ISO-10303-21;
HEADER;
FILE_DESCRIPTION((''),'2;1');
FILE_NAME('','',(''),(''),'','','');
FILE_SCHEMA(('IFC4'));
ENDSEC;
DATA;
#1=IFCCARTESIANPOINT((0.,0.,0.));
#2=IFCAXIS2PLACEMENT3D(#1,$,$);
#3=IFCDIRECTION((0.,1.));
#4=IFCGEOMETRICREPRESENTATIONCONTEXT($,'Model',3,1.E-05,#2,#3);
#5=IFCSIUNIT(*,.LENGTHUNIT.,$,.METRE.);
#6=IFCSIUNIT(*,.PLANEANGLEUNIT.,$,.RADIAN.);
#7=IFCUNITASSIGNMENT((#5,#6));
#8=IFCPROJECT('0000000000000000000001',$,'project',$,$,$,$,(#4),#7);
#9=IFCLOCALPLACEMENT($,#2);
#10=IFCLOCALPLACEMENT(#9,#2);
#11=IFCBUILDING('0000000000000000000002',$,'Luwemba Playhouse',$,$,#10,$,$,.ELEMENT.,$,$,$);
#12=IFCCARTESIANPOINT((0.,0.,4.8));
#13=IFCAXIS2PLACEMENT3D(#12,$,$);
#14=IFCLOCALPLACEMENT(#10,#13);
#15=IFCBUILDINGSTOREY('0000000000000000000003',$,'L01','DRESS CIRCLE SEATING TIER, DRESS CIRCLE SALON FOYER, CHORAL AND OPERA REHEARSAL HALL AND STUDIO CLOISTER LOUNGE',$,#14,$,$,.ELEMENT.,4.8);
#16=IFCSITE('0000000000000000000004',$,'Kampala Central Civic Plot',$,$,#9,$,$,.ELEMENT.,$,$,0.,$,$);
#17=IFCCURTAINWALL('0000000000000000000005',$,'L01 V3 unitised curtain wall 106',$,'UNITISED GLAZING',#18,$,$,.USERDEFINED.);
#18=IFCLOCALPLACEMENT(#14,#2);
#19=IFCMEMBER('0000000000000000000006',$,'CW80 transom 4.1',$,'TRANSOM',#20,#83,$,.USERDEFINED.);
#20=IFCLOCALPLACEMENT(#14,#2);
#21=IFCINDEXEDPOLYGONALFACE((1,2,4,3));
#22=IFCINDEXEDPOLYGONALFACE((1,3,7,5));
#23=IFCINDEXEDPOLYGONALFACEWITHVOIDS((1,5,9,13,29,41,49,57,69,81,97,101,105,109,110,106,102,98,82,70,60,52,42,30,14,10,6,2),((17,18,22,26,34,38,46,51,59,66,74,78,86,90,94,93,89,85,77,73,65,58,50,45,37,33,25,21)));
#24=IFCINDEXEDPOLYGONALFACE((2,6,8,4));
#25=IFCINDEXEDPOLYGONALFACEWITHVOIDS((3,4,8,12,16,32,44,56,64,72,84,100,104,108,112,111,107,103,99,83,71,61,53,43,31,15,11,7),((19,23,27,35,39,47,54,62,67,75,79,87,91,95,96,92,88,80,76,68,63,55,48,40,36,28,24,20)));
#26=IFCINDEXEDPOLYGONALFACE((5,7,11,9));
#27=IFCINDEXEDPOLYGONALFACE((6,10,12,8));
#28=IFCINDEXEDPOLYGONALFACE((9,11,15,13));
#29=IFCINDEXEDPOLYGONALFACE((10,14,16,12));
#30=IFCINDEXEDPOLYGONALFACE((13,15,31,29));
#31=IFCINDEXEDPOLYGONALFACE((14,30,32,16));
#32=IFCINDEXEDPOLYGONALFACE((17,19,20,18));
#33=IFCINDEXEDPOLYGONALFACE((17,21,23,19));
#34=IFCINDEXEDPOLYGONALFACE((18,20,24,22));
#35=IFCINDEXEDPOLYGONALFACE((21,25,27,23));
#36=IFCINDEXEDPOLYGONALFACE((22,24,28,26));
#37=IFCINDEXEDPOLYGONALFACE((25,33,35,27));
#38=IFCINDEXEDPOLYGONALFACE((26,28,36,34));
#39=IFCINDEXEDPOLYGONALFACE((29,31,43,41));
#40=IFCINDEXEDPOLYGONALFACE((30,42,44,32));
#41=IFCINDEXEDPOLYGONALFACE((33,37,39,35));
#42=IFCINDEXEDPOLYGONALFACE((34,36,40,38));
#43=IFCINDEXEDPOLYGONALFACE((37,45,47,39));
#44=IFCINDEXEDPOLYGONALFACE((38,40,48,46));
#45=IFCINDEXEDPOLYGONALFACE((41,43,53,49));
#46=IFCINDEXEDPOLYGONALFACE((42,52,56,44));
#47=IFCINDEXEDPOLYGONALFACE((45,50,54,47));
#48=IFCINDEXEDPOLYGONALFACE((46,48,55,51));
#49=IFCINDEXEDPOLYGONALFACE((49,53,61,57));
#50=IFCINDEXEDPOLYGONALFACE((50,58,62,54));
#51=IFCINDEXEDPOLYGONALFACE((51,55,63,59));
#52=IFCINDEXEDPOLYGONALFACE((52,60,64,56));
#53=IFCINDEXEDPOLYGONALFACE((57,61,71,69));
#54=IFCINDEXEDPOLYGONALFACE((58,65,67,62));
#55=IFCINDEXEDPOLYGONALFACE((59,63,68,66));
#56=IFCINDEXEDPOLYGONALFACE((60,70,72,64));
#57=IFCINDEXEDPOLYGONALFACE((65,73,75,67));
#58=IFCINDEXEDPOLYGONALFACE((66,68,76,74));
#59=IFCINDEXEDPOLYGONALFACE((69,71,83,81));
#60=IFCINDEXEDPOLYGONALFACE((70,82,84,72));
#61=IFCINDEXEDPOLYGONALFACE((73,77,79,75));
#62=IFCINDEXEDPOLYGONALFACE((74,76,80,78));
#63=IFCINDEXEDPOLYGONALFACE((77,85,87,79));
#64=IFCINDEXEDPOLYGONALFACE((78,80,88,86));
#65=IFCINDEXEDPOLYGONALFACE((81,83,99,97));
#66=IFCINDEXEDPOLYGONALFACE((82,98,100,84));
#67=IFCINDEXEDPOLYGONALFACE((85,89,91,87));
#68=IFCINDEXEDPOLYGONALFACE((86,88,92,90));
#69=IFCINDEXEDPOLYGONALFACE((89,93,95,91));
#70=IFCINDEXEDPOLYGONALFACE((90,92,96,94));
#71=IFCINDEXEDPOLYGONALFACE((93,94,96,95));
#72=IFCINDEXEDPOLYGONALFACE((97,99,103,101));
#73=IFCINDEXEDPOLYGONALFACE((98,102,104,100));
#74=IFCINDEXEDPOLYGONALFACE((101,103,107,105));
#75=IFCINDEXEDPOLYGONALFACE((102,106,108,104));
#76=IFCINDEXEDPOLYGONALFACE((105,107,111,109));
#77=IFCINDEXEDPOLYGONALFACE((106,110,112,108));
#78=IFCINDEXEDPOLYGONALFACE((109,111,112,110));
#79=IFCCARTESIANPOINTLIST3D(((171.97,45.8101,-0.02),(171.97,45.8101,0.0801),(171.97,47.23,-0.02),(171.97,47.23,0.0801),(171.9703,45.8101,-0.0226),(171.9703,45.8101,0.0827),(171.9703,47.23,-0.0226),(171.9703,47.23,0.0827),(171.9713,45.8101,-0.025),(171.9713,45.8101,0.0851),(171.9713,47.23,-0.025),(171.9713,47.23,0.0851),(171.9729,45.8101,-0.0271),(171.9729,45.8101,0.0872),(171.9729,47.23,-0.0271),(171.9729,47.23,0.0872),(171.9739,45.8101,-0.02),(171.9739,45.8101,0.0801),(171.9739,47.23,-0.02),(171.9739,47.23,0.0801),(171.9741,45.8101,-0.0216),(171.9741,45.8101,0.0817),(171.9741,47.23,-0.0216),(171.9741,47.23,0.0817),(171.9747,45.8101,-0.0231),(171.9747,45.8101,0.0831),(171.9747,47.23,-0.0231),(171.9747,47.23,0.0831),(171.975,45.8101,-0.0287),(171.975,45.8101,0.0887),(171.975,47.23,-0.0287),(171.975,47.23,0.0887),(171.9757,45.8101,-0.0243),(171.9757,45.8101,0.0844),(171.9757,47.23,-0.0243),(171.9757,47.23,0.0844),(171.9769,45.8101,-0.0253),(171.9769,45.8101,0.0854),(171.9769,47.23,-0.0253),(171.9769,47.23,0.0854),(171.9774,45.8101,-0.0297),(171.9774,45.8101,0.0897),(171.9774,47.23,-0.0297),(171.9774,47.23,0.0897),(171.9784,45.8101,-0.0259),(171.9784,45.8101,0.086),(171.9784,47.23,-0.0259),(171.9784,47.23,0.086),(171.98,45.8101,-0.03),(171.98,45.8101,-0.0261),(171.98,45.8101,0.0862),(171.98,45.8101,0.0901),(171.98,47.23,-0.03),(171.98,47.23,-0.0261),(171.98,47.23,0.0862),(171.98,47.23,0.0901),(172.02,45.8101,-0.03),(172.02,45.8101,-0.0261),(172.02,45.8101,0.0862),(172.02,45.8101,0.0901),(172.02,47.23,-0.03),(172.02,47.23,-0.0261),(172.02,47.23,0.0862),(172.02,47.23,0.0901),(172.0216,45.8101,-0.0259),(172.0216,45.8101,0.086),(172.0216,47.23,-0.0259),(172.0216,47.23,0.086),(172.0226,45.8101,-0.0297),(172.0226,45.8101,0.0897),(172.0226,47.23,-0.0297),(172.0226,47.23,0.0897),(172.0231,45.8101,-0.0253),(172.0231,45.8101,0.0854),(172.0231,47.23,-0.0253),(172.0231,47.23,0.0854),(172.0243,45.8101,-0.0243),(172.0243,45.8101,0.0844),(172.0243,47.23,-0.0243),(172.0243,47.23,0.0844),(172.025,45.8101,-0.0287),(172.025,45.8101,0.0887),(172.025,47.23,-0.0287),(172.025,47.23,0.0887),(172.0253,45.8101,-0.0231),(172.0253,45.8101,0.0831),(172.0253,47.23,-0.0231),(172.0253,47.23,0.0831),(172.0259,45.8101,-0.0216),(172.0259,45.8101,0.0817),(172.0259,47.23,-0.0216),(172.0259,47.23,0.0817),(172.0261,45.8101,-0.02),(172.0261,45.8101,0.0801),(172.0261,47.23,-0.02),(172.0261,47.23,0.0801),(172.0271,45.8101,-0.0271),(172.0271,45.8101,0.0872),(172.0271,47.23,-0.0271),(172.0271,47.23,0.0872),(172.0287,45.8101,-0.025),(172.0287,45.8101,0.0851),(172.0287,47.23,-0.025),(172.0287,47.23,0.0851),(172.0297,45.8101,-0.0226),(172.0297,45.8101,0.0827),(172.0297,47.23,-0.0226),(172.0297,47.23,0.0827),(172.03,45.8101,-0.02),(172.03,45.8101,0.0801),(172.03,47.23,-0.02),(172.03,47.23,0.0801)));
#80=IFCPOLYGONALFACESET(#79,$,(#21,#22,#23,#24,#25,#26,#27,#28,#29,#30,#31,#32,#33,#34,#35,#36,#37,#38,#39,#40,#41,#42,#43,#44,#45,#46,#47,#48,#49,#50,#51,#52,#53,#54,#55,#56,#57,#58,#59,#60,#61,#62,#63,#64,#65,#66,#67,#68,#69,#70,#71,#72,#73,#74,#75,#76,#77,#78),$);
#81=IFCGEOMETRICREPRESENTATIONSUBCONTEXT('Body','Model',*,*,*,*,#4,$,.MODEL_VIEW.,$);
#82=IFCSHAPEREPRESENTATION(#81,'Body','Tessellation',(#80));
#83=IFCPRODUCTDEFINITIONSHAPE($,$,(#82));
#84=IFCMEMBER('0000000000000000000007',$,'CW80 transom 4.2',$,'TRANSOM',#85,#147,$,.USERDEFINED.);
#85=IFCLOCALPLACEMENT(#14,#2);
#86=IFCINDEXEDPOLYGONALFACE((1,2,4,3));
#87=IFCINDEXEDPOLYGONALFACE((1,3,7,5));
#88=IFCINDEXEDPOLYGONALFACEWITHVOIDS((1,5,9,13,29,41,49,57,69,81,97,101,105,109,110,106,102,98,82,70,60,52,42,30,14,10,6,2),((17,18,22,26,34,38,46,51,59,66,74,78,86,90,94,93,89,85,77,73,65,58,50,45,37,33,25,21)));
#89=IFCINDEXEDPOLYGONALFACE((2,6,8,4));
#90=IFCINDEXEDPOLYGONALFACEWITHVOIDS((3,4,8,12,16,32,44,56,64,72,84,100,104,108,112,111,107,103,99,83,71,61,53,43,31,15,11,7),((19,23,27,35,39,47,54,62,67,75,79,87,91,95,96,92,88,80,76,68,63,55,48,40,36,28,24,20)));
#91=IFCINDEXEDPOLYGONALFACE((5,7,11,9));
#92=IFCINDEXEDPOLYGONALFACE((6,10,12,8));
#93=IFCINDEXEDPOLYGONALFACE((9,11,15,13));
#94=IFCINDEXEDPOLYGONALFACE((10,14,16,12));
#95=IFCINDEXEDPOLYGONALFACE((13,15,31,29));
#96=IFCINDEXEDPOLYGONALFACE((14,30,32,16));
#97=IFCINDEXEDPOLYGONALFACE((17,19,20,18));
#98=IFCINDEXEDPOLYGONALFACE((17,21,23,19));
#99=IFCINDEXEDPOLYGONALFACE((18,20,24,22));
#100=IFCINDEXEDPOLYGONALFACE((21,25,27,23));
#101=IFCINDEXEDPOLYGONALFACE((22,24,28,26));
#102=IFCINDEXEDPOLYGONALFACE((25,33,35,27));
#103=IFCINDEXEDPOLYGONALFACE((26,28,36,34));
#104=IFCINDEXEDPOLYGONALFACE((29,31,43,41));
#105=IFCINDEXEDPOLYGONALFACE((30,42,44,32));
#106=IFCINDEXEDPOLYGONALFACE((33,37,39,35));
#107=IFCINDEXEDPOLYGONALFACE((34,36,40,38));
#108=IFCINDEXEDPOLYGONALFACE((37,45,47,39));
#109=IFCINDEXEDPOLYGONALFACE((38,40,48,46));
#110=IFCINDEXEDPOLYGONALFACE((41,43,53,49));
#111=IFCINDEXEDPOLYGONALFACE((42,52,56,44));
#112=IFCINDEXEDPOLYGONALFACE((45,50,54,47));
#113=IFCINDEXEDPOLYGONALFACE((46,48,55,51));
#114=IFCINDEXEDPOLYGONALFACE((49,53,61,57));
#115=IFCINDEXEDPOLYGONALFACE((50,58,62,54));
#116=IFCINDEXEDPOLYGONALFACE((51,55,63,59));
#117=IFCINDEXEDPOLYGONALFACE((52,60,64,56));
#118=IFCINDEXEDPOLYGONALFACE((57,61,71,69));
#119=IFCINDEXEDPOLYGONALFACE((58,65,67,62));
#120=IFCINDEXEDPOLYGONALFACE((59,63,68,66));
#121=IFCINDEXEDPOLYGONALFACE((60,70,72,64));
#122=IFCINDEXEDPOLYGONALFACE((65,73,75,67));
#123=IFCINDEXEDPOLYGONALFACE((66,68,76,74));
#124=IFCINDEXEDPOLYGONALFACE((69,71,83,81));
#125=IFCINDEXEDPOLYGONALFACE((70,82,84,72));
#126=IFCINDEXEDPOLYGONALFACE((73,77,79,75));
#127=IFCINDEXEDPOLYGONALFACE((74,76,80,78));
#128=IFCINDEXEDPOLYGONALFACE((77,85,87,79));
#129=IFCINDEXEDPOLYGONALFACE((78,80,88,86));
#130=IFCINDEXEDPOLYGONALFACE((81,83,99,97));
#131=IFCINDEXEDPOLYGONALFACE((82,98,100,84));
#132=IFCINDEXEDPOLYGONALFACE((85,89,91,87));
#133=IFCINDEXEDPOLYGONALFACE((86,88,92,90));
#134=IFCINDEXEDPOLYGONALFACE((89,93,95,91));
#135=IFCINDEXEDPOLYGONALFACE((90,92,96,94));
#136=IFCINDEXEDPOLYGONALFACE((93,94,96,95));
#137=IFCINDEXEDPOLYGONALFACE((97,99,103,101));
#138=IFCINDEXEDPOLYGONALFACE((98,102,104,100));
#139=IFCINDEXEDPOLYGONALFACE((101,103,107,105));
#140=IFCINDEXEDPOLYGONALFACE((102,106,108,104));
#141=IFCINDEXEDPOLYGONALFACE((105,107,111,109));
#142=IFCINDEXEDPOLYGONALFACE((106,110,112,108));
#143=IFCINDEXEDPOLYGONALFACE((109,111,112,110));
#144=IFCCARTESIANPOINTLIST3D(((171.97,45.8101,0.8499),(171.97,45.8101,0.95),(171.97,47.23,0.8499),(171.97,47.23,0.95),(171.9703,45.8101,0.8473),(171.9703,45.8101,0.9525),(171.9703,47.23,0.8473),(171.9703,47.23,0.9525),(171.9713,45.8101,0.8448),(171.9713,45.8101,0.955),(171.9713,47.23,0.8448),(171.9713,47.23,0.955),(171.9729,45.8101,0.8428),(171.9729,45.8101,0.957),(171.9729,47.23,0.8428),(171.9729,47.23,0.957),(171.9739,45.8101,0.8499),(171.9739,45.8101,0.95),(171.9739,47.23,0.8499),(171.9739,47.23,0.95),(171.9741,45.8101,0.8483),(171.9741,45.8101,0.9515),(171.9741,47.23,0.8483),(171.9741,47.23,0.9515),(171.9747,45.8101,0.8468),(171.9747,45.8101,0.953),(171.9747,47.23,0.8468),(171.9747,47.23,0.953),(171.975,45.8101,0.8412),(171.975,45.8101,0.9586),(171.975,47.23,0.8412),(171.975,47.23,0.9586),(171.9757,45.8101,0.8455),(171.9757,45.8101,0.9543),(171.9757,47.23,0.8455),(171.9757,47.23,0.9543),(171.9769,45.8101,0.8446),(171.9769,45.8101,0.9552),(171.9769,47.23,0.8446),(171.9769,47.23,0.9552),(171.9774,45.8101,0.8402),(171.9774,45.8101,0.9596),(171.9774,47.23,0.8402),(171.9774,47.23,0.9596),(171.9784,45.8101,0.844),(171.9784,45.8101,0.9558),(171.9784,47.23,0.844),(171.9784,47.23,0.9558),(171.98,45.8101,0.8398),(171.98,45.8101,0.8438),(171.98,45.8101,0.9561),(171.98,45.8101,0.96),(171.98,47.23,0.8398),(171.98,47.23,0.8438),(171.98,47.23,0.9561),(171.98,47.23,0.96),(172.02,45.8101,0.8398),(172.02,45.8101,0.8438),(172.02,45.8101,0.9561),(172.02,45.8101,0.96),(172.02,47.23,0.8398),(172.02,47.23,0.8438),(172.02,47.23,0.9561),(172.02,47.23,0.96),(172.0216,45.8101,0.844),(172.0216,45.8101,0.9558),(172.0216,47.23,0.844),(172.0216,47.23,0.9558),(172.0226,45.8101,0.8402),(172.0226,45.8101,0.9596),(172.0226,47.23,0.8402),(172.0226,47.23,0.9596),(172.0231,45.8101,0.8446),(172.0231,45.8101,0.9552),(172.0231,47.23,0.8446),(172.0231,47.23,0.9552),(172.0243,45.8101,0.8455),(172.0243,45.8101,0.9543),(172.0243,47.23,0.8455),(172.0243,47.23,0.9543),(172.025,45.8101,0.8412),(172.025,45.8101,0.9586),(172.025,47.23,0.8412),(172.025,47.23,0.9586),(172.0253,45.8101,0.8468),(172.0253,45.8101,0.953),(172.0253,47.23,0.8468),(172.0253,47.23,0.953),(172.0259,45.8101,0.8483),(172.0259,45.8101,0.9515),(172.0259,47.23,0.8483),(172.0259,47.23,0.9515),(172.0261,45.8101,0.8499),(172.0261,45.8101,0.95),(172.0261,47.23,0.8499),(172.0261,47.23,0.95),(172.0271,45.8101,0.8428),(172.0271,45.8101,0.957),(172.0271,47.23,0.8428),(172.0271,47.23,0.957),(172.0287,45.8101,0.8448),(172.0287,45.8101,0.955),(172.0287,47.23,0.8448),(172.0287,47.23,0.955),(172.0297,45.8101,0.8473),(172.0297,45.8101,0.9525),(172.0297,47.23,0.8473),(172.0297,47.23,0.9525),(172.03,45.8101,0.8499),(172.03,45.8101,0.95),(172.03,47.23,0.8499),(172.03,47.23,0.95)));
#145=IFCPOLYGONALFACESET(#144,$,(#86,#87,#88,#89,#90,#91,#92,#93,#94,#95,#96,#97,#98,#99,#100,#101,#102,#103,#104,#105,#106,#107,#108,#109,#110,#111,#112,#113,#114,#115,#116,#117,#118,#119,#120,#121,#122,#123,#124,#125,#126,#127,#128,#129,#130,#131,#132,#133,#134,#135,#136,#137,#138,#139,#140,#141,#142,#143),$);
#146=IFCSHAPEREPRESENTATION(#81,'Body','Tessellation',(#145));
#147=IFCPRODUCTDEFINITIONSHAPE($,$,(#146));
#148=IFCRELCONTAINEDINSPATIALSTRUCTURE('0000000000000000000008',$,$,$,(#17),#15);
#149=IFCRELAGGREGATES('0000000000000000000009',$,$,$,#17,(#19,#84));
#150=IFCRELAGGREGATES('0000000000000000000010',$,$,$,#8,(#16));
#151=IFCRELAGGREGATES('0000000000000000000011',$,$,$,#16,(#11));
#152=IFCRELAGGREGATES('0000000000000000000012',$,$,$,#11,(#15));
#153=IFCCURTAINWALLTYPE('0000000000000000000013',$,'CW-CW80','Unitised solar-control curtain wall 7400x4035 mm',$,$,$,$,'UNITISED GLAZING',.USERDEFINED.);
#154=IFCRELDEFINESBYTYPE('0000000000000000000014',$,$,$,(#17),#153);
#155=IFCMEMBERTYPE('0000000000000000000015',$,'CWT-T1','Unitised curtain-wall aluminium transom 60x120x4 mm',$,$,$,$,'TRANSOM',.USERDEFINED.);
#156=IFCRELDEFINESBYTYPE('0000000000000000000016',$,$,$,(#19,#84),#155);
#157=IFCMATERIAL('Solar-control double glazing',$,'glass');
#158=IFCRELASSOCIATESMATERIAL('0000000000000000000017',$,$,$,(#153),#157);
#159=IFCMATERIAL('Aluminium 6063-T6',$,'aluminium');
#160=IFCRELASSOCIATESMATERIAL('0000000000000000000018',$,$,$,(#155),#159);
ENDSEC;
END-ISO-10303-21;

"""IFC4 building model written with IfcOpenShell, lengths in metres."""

from ifc_helpers import new_model, si_unit, direction, frame, origin, origin_2d, place, context, subcontext, project, spatial, hollow_rectangle, extrude, material, material_profile, profile_set, type_object, element, aggregate, save


model = new_model("IFC4")

# Units and contexts
model_context = context("Model", 3, precision=1e-05, world=origin(), true_north=direction((0.0, 1.0)))
body_context = subcontext(model_context, "Body", "Model", "MODEL_VIEW")
ifc_project = project(units=[si_unit("LENGTHUNIT", "METRE"), si_unit("PLANEANGLEUNIT", "RADIAN")], contexts=[model_context])

# Site, building, storey
site_placement = place(None, origin())
site = spatial("IfcSite", under=ifc_project, at=site_placement, Name="Kampala Central Civic Plot", CompositionType="ELEMENT", RefElevation=0.0)
building_placement = place(site_placement, origin())
building = spatial("IfcBuilding", under=site, at=building_placement, Name="Luwemba Playhouse", CompositionType="ELEMENT")
storey_placement = place(building_placement, frame((0.0, 0.0, 4.8)))
storey = spatial("IfcBuildingStorey", under=building, at=storey_placement, Name="L01", Description="DRESS CIRCLE SEATING TIER, DRESS CIRCLE SALON FOYER, CHORAL AND OPERA REHEARSAL HALL AND STUDIO CLOISTER LOUNGE", CompositionType="ELEMENT", Elevation=4.8)

# Curtain wall, members
ifc_material_1 = material(Name="Solar-control double glazing", Category="glass")
curtain_wall_type = type_object("IfcCurtainWallType", Name="CW-CW80", Description="Unitised solar-control curtain wall 7400x4035 mm", ElementType="UNITISED GLAZING", PredefinedType="USERDEFINED", material=ifc_material_1)
curtain_wall_placement = place(storey_placement, origin())
curtain_wall = element("IfcCurtainWall", 1, at=curtain_wall_placement, inside=storey, type_object=curtain_wall_type, Name="L01 V3 unitised curtain wall 106", ObjectType="UNITISED GLAZING", PredefinedType="USERDEFINED")
ifc_material_2 = material(Name="Aluminium 6063-T6", Category="aluminium")
ifc_material_profile_1 = material_profile(ifc_material_2, hollow_rectangle(XDim=0.0601, YDim=0.1201, WallThickness=0.0039, InnerFilletRadius=0.0061, OuterFilletRadius=0.01, at=origin_2d()))
ifc_profile_set_1 = profile_set([ifc_material_profile_1], Name="Aluminium 6063-T6")
member_type_1 = type_object("IfcMemberType", Name="CWT-T1", Description="Unitised curtain-wall aluminium transom 60x120x4 mm", ElementType="TRANSOM", PredefinedType="USERDEFINED", material=ifc_profile_set_1)
member_1_placement = place(storey_placement, frame((172.0, 47.23, 0.03), z_axis=(0.0, -1.0, 0.0), x_axis=(1.0, 0.0, 0.0)))
member_1 = element("IfcMember", 2, at=member_1_placement, type_object=member_type_1, Name="CW80 transom 4.1", ObjectType="TRANSOM", PredefinedType="USERDEFINED", context=body_context, shape_type="SweptSolid", body=[
    extrude(hollow_rectangle(XDim=0.0601, YDim=0.1201, WallThickness=0.0039, InnerFilletRadius=0.0061, OuterFilletRadius=0.01, at=origin_2d()), origin(), (0.0, 0.0, 1.0), 1.4199),
])
member_2_placement = place(storey_placement, frame((172.0, 47.23, 0.8999), z_axis=(0.0, -1.0, 0.0), x_axis=(1.0, 0.0, 0.0)))
member_2 = element("IfcMember", 3, at=member_2_placement, type_object=member_type_1, Name="CW80 transom 4.2", ObjectType="TRANSOM", PredefinedType="USERDEFINED", context=body_context, shape_type="SweptSolid", body=[
    extrude(hollow_rectangle(XDim=0.0601, YDim=0.1201, WallThickness=0.0039, InnerFilletRadius=0.0061, OuterFilletRadius=0.01, at=origin_2d()), origin(), (0.0, 0.0, 1.0), 1.4199),
])
aggregate(curtain_wall, [member_1, member_2])

save(model, "model.ifc")
